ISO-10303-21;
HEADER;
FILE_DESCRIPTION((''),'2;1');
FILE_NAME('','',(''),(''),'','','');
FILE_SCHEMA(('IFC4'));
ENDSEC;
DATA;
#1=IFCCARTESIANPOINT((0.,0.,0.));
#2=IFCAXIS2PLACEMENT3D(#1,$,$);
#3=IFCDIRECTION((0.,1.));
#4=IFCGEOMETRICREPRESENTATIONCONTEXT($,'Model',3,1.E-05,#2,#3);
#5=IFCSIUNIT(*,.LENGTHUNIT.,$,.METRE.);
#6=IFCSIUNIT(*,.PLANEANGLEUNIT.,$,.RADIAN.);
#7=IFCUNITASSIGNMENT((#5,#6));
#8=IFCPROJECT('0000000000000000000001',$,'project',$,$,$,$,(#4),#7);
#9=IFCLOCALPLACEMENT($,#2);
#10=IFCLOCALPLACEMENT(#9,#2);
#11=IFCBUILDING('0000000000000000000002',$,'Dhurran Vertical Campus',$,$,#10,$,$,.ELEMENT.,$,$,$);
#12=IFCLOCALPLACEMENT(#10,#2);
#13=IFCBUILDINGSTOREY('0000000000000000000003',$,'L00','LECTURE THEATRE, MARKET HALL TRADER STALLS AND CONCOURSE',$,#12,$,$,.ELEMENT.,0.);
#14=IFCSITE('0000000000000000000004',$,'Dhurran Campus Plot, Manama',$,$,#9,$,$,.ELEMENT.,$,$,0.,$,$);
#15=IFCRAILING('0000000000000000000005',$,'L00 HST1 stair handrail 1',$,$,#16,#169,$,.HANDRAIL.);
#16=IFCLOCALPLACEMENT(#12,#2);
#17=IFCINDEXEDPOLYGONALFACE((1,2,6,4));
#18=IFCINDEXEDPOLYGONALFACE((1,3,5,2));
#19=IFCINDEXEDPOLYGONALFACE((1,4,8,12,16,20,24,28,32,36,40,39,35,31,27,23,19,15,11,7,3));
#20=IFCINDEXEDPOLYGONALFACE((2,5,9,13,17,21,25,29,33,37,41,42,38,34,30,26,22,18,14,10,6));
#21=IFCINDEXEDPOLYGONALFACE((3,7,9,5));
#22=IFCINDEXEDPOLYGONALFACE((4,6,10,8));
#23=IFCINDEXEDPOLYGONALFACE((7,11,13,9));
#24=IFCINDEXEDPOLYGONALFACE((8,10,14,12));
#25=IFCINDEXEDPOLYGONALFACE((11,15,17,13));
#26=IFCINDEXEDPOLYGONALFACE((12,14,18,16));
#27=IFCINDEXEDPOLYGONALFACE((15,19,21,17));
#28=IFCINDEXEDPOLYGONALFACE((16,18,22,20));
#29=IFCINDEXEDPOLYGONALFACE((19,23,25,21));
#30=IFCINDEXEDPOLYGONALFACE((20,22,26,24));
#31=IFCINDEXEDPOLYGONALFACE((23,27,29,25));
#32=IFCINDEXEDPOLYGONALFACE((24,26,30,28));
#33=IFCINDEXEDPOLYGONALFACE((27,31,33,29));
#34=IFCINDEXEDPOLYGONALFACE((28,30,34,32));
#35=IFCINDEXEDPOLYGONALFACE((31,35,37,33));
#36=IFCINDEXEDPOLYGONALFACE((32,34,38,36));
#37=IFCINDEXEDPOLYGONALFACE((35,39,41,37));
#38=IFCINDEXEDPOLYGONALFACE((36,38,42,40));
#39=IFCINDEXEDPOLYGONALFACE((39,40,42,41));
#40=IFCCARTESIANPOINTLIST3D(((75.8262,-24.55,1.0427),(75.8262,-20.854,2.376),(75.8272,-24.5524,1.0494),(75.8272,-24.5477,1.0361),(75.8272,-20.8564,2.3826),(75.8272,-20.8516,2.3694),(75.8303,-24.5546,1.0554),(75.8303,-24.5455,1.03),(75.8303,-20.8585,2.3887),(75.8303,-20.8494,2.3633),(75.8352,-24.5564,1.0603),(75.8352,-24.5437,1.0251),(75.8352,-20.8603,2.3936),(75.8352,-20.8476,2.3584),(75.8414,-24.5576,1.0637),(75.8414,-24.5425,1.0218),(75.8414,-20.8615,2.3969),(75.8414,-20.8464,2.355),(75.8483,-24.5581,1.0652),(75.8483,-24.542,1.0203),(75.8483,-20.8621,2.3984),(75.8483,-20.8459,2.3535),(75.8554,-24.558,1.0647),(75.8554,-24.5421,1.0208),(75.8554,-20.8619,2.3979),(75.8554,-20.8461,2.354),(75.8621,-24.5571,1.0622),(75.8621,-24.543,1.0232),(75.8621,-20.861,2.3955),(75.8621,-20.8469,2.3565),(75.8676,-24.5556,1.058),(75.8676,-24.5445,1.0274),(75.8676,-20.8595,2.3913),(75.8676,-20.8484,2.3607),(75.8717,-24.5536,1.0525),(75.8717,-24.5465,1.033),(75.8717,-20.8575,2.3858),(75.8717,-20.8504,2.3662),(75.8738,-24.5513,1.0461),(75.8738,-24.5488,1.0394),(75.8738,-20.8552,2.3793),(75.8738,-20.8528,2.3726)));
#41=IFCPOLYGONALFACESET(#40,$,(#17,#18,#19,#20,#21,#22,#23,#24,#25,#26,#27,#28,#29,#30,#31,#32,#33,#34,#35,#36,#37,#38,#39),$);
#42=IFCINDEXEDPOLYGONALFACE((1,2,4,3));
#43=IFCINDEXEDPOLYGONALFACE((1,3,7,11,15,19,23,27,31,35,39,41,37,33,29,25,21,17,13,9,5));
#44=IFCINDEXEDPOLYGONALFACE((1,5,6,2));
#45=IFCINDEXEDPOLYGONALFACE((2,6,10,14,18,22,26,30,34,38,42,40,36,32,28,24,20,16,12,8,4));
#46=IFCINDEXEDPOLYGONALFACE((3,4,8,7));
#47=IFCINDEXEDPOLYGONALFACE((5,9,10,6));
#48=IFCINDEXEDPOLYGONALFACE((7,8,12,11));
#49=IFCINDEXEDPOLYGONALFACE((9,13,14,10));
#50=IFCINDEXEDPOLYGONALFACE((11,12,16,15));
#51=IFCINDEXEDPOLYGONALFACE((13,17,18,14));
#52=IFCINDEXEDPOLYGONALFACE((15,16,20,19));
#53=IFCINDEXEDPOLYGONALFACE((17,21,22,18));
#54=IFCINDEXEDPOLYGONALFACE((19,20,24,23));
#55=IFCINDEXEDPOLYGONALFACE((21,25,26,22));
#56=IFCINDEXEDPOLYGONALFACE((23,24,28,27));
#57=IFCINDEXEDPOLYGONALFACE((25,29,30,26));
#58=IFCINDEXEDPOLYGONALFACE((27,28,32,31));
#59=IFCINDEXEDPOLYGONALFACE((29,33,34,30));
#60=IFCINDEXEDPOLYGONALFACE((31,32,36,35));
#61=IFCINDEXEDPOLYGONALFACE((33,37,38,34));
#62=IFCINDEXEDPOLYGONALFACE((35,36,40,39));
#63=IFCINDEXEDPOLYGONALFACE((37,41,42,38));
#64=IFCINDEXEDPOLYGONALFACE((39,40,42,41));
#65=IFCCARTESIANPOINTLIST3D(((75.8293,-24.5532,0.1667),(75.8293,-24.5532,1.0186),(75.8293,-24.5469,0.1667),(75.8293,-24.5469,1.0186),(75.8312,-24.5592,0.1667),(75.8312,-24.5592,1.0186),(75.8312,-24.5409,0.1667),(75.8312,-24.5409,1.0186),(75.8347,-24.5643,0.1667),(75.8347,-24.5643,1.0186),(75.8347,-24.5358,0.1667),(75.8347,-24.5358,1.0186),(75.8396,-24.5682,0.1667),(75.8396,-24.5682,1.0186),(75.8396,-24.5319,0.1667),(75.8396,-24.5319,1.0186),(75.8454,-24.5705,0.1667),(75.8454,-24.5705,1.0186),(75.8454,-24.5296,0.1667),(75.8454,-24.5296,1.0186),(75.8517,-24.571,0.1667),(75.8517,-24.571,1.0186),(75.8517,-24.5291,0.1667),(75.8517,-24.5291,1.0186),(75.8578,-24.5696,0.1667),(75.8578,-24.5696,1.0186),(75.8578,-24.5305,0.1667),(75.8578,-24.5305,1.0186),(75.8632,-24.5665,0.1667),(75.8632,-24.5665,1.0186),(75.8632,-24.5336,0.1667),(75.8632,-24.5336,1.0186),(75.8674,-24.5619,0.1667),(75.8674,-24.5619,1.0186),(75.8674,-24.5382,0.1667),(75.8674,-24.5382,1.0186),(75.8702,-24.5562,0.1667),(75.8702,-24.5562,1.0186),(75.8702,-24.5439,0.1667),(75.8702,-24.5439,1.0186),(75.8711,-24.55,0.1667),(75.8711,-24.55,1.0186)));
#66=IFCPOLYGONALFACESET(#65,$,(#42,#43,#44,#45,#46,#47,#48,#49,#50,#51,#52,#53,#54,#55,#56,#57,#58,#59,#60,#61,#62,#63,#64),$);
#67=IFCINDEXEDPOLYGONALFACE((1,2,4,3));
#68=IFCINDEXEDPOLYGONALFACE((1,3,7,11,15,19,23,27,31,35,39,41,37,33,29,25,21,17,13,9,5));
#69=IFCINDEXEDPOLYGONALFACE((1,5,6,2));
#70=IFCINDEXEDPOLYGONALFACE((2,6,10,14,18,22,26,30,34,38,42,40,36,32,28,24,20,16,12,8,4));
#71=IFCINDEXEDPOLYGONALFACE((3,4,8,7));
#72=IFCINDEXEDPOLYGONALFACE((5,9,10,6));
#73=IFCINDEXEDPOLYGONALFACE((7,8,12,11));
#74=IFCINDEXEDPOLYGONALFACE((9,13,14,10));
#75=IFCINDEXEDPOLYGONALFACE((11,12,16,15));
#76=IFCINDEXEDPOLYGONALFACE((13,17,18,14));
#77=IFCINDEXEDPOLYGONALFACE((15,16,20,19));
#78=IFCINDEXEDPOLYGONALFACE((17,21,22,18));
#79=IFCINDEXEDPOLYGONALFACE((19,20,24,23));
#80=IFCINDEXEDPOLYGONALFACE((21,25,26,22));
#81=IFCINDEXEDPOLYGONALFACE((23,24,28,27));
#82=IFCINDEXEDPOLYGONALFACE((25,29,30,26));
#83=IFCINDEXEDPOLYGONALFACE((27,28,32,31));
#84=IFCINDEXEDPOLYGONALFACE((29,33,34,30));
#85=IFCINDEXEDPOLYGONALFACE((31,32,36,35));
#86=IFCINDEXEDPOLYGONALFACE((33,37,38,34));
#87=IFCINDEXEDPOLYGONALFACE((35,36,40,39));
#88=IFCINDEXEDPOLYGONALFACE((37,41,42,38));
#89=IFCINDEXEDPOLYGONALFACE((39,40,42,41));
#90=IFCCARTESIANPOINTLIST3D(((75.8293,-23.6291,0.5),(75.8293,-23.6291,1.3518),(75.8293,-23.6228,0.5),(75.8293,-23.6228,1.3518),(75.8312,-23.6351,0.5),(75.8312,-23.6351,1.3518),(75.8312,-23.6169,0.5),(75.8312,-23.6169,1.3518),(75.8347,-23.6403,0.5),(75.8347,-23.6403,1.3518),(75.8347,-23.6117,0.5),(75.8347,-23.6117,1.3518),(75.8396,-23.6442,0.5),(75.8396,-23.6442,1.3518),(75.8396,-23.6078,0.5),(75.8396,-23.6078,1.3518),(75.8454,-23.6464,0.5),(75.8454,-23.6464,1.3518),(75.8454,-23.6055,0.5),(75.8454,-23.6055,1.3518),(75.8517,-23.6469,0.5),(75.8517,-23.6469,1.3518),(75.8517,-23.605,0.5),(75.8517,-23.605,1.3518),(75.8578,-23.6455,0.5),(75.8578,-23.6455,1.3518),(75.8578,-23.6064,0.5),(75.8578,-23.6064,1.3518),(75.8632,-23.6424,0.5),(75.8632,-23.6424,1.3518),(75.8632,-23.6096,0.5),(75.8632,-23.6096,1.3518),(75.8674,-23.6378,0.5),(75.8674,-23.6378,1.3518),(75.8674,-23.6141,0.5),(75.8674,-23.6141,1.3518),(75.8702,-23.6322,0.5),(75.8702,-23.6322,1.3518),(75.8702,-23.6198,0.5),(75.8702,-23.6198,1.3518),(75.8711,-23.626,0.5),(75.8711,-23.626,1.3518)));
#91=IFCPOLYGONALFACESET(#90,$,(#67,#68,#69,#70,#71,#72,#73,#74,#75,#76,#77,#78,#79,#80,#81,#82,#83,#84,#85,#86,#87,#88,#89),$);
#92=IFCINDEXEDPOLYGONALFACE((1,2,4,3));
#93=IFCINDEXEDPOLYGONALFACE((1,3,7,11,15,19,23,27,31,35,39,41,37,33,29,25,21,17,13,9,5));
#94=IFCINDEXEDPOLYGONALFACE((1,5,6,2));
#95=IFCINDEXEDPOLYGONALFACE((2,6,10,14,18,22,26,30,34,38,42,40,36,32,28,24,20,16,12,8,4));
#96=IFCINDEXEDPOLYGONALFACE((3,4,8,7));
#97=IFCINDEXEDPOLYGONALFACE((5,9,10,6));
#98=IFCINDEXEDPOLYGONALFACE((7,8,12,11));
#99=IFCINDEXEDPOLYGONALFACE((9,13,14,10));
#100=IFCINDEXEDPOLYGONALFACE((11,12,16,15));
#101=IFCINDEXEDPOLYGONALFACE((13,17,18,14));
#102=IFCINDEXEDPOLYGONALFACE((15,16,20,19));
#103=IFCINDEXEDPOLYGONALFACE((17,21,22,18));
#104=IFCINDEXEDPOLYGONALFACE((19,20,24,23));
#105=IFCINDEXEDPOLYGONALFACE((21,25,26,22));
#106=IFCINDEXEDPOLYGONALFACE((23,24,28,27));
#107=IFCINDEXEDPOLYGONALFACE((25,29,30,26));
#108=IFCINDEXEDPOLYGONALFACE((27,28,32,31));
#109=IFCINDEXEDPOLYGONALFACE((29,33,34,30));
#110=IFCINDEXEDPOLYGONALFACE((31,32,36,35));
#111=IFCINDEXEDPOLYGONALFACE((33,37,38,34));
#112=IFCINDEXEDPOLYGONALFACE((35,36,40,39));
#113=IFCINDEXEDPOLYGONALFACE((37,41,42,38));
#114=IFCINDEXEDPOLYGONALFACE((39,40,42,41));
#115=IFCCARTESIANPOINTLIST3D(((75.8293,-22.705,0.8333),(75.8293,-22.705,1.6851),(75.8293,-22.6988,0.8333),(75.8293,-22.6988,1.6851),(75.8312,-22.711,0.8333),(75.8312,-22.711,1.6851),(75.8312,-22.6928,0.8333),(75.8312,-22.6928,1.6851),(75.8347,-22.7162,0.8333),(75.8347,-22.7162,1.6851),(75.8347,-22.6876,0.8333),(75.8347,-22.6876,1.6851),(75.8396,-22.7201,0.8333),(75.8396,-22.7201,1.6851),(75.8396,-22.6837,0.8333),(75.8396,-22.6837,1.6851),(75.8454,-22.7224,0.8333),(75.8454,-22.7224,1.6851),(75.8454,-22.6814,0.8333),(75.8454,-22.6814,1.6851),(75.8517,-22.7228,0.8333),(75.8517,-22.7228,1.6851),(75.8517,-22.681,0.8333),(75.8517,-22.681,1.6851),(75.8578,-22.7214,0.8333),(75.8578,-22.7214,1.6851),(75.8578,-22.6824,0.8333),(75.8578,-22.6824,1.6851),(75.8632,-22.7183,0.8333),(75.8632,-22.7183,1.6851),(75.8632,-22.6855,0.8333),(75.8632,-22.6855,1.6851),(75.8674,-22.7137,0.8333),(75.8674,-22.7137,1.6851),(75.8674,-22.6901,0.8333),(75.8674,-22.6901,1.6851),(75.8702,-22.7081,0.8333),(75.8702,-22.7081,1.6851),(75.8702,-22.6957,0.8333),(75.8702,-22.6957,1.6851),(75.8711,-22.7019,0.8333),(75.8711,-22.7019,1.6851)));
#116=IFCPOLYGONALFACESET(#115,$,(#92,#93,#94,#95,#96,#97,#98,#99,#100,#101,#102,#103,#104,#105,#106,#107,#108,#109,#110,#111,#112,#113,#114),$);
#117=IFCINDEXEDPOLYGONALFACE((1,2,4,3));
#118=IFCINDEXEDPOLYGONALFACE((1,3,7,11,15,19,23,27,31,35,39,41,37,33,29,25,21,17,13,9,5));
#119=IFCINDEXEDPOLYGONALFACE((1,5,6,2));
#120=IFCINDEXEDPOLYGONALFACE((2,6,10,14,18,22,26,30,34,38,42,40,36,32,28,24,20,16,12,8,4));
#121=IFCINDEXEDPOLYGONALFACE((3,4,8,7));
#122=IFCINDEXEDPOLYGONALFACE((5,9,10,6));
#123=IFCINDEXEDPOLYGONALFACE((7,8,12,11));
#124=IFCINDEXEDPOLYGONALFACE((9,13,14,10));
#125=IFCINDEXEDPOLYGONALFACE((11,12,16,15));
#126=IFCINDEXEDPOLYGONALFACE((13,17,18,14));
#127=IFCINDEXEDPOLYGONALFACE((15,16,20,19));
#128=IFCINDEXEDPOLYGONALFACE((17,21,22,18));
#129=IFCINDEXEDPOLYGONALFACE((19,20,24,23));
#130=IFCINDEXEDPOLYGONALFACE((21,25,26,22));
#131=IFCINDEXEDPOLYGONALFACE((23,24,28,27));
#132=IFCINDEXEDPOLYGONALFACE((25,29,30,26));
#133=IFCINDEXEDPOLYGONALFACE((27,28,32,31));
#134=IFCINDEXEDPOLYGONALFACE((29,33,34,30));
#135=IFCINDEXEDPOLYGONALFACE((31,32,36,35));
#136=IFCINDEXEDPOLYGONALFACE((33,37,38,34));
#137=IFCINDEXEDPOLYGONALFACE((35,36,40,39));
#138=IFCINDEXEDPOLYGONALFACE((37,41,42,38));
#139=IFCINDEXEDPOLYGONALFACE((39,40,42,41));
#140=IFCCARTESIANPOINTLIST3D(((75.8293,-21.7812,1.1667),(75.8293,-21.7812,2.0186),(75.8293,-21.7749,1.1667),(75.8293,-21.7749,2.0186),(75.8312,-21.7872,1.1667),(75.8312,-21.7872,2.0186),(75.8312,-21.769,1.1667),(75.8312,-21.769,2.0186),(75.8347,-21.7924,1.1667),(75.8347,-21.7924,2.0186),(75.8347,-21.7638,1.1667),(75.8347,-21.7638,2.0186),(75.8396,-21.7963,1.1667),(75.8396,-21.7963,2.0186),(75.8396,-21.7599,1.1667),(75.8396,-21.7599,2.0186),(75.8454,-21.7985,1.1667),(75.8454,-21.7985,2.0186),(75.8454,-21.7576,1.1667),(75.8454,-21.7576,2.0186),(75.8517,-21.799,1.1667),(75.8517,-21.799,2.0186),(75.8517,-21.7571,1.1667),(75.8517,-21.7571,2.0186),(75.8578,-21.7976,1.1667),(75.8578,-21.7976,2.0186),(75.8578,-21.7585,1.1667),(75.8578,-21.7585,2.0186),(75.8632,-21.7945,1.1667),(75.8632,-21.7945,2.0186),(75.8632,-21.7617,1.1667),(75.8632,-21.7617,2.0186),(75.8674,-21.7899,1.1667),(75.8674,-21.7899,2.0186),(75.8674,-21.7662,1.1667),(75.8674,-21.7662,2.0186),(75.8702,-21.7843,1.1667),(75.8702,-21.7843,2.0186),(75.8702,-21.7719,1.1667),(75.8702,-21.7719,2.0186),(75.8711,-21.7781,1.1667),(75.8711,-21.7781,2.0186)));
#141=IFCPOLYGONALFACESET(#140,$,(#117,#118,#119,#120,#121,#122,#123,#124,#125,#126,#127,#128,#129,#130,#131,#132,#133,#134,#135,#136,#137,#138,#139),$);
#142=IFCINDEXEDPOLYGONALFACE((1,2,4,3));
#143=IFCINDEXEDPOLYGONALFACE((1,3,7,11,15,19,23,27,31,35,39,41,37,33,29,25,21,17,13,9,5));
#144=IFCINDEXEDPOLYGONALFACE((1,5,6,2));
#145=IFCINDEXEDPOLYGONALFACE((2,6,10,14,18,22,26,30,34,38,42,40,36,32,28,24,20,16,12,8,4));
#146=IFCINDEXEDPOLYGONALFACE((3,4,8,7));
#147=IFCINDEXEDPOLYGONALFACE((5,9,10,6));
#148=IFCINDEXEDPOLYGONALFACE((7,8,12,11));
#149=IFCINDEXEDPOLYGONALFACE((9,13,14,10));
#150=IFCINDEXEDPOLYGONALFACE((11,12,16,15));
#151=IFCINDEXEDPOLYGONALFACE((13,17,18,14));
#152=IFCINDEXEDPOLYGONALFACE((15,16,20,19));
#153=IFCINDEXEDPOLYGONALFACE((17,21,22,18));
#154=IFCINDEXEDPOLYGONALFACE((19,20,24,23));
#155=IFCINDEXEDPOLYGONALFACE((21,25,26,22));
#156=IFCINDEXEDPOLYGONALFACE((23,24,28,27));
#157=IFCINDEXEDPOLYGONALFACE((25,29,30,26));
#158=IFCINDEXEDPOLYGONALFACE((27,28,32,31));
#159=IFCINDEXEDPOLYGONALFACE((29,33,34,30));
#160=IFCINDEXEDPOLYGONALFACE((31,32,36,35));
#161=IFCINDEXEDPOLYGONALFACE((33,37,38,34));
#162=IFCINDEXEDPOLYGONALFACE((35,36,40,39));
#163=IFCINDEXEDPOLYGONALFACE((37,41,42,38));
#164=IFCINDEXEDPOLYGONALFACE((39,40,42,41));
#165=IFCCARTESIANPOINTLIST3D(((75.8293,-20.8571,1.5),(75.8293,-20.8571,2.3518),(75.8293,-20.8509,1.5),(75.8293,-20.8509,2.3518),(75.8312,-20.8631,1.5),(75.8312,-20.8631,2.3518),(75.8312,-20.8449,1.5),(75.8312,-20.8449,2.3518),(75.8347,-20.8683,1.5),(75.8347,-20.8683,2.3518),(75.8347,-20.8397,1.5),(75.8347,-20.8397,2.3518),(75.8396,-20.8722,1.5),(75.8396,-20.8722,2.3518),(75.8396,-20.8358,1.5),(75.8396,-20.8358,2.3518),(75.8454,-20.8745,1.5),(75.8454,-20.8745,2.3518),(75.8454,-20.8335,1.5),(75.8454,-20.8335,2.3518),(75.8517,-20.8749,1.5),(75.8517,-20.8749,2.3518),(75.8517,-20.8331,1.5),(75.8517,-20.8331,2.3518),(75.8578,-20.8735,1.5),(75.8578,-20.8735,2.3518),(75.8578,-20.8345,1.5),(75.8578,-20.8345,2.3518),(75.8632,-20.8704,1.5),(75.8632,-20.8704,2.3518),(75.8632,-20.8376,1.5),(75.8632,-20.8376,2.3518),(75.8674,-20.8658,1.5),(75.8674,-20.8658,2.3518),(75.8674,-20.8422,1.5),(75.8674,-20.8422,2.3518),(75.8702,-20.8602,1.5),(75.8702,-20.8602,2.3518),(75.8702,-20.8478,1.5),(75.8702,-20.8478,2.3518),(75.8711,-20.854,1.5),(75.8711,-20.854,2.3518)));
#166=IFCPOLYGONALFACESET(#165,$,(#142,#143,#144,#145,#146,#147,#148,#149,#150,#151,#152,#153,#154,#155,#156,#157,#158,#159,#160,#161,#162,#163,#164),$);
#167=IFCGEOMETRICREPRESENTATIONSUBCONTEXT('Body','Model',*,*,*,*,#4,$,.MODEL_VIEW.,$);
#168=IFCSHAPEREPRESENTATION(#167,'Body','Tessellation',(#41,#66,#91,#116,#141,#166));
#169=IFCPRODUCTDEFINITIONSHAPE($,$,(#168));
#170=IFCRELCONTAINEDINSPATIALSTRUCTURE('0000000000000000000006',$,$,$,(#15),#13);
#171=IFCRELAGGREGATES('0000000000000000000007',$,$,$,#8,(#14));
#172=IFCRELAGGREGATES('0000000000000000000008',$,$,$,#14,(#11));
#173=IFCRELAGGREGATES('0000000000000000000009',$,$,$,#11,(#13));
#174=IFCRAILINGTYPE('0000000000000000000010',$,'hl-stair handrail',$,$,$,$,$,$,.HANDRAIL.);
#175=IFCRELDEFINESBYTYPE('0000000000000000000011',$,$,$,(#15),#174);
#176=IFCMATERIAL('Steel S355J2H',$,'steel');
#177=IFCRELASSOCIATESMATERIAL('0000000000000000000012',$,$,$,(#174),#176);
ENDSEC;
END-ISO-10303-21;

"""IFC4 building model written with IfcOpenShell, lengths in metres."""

from ifc_helpers import new_model, si_unit, direction, frame, origin, origin_2d, place, context, subcontext, project, spatial, circle, extrude, material, type_object, element, save


model = new_model("IFC4")

# Units and contexts
model_context = context("Model", 3, precision=1e-05, world=origin(), true_north=direction((0.0, 1.0)))
body_context = subcontext(model_context, "Body", "Model", "MODEL_VIEW")
ifc_project = project(units=[si_unit("LENGTHUNIT", "METRE"), si_unit("PLANEANGLEUNIT", "RADIAN")], contexts=[model_context])

# Site, building, storey
site_placement = place(None, origin())
site = spatial("IfcSite", under=ifc_project, at=site_placement, Name="Dhurran Campus Plot, Manama", CompositionType="ELEMENT", RefElevation=0.0)
building_placement = place(site_placement, origin())
building = spatial("IfcBuilding", under=site, at=building_placement, Name="Dhurran Vertical Campus", CompositionType="ELEMENT")
storey_placement = place(building_placement, origin())
storey = spatial("IfcBuildingStorey", under=building, at=storey_placement, Name="L00", Description="LECTURE THEATRE, MARKET HALL TRADER STALLS AND CONCOURSE", CompositionType="ELEMENT", Elevation=0.0)

# Railing
ifc_material_1 = material(Name="Steel S355J2H", Category="steel")
railing_type_1 = type_object("IfcRailingType", Name="hl-stair handrail", PredefinedType="HANDRAIL", material=ifc_material_1)
for number, where, name in (
    (1, (75.8501, -24.55, 0.1667), "L00 HST1 stair handrail 1"),
):
    element("IfcRailing", number, at=place(storey_placement, frame(where)), inside=storey, type_object=railing_type_1, Name=name, PredefinedType="HANDRAIL", context=body_context, shape_type="SweptSolid", body=[
        extrude(circle(Radius=0.0239, at=origin_2d()), frame((0.0, 0.0, 0.876), z_axis=(0.0, 0.94067, 0.339322), x_axis=(-1.0, 0.0, 0.0)), (0.0, 0.0, 1.0), 3.9292),
        extrude(circle(Radius=0.021, at=origin_2d()), origin(), (0.0, 0.0, 1.0), 0.8518),
        extrude(circle(Radius=0.021, at=origin_2d()), frame((0.0, 0.9241, 0.3333)), (0.0, 0.0, 1.0), 0.8518),
        extrude(circle(Radius=0.021, at=origin_2d()), frame((0.0, 1.8481, 0.6665)), (0.0, 0.0, 1.0), 0.8518),
        extrude(circle(Radius=0.021, at=origin_2d()), frame((0.0, 2.772, 1.0)), (0.0, 0.0, 1.0), 0.8518),
        extrude(circle(Radius=0.021, at=origin_2d()), frame((0.0, 3.696, 1.3333)), (0.0, 0.0, 1.0), 0.8518),
    ])

save(model, "model.ifc")
